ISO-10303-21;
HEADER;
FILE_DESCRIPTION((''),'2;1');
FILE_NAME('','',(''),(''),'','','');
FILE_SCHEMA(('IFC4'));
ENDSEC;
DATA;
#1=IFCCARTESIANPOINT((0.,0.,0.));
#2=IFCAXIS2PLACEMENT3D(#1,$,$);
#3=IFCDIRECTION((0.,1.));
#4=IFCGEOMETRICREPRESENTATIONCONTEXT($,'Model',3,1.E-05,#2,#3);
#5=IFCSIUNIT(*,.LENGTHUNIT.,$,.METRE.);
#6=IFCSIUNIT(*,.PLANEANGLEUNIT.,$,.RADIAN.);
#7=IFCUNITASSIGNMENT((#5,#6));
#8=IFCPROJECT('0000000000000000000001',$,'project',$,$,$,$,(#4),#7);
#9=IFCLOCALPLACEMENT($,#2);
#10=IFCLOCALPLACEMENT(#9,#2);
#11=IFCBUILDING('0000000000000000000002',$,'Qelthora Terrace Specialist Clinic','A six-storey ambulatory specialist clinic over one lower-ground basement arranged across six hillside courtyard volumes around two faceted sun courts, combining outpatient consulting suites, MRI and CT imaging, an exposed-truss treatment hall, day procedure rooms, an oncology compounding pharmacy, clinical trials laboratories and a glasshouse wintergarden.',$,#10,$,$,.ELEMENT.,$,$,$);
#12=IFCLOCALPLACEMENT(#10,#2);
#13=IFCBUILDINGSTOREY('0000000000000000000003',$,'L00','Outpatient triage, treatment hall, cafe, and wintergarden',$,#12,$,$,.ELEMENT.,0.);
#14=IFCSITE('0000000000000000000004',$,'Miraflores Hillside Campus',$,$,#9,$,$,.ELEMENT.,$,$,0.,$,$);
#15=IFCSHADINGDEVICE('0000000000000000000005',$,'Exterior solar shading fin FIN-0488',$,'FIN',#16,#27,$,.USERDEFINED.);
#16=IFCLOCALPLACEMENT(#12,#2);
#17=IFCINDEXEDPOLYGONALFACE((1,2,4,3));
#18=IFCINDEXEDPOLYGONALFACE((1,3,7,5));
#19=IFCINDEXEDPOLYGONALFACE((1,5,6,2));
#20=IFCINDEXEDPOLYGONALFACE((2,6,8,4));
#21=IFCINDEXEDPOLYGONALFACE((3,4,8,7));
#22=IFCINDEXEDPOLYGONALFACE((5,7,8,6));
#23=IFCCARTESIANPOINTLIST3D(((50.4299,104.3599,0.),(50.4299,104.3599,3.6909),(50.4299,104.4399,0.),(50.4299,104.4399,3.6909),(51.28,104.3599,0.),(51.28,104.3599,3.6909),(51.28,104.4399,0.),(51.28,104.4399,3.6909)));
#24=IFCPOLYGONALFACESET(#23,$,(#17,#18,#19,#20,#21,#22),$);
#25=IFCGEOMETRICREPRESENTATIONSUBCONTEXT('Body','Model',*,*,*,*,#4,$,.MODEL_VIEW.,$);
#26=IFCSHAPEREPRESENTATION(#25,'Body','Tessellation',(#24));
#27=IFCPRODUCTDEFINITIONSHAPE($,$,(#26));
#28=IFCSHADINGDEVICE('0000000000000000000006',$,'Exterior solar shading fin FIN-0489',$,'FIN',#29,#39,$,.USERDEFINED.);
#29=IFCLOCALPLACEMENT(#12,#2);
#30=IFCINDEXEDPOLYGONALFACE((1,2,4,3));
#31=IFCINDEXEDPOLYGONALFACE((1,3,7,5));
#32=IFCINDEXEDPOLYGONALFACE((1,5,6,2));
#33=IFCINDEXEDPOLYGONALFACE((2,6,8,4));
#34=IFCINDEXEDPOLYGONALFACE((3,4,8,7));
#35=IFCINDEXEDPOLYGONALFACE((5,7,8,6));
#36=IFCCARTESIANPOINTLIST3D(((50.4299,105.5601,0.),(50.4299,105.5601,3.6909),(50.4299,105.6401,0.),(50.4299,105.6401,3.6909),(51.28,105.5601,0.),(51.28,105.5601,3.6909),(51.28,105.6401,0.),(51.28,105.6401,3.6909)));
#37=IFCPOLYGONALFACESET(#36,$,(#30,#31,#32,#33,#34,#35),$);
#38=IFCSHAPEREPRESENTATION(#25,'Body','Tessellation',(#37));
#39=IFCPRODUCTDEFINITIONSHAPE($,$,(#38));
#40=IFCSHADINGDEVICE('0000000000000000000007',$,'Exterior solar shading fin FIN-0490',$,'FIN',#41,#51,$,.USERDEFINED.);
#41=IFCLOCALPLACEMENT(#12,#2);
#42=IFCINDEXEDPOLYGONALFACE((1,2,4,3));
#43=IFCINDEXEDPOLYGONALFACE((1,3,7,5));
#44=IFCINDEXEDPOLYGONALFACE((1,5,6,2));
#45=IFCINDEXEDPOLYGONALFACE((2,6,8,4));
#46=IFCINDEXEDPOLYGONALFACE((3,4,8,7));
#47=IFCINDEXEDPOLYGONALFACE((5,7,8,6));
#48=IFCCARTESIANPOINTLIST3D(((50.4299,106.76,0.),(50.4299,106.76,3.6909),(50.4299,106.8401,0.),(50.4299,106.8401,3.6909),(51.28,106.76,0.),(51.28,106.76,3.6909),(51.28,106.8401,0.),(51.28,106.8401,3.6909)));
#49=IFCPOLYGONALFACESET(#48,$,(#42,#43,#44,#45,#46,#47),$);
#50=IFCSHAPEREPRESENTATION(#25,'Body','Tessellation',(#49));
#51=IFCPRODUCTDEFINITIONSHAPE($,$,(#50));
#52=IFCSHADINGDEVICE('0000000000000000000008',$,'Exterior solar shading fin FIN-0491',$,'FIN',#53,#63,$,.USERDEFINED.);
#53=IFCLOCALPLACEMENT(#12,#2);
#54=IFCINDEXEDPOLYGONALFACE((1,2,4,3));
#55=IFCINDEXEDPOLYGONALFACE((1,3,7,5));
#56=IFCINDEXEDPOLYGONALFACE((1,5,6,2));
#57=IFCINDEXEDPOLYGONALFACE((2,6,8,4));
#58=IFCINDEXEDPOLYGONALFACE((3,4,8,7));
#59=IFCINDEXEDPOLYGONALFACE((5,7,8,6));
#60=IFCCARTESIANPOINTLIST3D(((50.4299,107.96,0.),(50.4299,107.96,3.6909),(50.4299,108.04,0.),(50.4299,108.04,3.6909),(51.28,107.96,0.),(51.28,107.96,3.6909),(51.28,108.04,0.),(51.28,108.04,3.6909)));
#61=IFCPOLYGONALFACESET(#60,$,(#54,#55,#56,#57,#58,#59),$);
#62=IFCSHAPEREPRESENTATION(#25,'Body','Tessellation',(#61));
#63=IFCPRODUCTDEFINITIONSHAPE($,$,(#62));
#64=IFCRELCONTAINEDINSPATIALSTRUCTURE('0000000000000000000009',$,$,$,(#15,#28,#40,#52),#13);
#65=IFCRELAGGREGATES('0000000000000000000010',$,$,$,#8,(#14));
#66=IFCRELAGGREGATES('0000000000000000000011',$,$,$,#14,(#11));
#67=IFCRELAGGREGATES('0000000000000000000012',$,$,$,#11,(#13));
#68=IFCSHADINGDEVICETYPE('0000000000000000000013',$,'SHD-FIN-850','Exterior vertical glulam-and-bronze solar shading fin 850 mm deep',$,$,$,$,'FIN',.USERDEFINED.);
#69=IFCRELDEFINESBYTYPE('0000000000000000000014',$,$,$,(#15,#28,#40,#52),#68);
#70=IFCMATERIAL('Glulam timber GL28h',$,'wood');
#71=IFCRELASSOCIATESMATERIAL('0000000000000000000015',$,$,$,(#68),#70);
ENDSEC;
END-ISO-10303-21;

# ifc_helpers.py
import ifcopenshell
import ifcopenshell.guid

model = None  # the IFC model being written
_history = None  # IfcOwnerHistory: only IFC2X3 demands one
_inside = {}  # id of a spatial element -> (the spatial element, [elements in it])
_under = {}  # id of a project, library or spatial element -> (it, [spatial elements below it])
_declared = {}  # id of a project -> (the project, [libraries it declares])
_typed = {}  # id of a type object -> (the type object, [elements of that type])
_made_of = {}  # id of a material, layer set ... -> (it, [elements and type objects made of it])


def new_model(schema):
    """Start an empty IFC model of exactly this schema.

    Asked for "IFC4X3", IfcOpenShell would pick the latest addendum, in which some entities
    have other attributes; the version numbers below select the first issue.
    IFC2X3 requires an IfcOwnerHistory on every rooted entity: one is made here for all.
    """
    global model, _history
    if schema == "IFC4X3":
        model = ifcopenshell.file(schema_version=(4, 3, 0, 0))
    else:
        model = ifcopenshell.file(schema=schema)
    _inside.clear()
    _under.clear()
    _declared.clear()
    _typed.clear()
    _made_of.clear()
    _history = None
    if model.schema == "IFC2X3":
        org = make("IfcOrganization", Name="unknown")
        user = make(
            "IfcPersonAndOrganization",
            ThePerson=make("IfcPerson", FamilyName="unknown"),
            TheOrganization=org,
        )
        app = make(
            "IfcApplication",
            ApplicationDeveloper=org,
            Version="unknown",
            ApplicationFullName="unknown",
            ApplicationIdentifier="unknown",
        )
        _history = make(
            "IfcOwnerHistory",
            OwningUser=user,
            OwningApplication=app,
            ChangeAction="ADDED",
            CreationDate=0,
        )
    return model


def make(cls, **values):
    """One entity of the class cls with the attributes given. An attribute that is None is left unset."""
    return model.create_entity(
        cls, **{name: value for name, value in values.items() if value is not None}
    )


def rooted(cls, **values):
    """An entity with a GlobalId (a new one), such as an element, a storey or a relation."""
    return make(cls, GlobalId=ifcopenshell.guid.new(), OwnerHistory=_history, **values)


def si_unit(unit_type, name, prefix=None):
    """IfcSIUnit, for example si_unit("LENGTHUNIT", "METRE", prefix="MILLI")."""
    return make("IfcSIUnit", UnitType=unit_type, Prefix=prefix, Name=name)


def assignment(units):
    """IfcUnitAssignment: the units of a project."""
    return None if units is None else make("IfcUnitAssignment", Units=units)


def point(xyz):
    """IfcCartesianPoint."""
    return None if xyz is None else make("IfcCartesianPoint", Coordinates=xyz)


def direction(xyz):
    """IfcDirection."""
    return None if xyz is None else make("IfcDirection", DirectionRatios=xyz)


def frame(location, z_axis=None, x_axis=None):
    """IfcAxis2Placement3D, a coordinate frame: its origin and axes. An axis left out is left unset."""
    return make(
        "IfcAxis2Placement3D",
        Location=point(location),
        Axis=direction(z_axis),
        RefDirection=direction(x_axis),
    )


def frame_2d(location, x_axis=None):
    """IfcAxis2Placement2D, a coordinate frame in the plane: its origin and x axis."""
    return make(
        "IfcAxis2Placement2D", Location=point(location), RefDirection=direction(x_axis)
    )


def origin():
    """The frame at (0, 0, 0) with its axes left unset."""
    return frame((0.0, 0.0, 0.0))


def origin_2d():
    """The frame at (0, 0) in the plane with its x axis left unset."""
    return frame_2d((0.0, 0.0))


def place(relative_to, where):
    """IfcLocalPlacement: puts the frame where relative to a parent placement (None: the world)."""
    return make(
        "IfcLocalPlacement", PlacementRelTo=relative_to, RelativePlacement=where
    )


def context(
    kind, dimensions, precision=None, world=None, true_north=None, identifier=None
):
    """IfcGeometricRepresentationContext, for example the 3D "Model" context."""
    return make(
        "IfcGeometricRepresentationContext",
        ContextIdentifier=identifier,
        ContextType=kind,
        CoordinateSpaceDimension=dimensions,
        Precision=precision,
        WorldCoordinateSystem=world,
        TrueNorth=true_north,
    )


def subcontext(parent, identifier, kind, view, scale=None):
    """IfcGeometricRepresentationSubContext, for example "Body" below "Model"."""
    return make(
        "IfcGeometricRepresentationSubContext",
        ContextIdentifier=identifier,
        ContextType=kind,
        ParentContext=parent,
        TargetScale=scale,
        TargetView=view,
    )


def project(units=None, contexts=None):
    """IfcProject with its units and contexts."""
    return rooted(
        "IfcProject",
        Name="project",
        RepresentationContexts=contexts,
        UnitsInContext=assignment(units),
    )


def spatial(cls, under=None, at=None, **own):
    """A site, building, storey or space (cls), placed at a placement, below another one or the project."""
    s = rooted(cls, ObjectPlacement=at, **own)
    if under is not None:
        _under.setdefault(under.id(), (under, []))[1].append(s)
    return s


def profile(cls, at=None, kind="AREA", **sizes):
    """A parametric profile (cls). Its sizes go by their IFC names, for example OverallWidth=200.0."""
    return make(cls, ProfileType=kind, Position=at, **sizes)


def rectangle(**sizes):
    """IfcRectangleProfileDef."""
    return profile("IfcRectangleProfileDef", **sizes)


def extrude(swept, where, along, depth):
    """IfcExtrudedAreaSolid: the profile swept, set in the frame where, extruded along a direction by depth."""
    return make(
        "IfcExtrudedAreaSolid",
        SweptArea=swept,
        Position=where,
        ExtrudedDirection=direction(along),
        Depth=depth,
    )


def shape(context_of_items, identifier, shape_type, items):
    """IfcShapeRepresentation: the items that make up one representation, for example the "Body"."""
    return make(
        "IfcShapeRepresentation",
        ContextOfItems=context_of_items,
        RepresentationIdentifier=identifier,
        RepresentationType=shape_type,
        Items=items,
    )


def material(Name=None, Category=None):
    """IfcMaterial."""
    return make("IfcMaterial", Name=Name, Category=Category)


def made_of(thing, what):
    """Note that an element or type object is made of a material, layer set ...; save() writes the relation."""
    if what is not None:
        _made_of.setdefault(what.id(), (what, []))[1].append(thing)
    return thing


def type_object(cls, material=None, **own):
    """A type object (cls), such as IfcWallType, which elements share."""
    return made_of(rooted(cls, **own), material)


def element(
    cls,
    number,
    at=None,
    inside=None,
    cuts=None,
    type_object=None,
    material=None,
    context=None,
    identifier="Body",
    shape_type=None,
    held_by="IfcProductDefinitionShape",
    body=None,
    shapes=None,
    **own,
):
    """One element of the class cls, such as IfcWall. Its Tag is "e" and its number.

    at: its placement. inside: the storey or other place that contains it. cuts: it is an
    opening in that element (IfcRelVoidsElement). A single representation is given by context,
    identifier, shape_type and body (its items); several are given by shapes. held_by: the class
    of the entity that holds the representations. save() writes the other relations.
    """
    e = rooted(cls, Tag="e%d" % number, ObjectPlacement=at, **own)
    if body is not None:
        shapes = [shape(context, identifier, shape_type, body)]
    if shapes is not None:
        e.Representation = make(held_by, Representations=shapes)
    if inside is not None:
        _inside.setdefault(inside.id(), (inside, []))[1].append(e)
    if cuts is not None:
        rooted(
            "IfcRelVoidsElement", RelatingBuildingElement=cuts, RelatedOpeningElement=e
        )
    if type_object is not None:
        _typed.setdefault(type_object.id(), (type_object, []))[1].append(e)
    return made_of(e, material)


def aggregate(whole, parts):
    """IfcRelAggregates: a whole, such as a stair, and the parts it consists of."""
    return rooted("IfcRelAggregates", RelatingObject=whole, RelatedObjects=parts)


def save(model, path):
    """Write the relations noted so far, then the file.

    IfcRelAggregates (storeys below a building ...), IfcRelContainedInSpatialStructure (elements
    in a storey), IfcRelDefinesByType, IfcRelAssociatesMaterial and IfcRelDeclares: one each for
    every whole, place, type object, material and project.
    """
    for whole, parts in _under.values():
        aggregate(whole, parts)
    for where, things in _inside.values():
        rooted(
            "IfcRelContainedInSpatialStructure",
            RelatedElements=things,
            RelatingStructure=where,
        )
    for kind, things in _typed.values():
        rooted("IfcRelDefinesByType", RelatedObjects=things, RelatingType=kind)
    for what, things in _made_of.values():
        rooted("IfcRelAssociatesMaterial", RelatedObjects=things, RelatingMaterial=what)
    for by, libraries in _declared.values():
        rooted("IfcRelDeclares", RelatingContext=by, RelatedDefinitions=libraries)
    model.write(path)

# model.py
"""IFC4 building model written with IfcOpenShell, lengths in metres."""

from ifc_helpers import new_model, si_unit, direction, frame, origin, origin_2d, place, context, subcontext, project, spatial, rectangle, extrude, material, type_object, element, save


model = new_model("IFC4")

# Units and contexts
model_context = context("Model", 3, precision=1e-05, world=origin(), true_north=direction((0.0, 1.0)))
body_context = subcontext(model_context, "Body", "Model", "MODEL_VIEW")
ifc_project = project(units=[si_unit("LENGTHUNIT", "METRE"), si_unit("PLANEANGLEUNIT", "RADIAN")], contexts=[model_context])

# Site, building, storey
site_placement = place(None, origin())
site = spatial("IfcSite", under=ifc_project, at=site_placement, Name="Miraflores Hillside Campus", CompositionType="ELEMENT", RefElevation=0.0)
building_placement = place(site_placement, origin())
building = spatial("IfcBuilding", under=site, at=building_placement, Name="Qelthora Terrace Specialist Clinic", Description="A six-storey ambulatory specialist clinic over one lower-ground basement arranged across six hillside courtyard volumes around two faceted sun courts, combining outpatient consulting suites, MRI and CT imaging, an exposed-truss treatment hall, day procedure rooms, an oncology compounding pharmacy, clinical trials laboratories and a glasshouse wintergarden.", CompositionType="ELEMENT")
storey_placement = place(building_placement, origin())
storey = spatial("IfcBuildingStorey", under=building, at=storey_placement, Name="L00", Description="Outpatient triage, treatment hall, cafe, and wintergarden", CompositionType="ELEMENT", Elevation=0.0)

# Shading devices
ifc_material_1 = material(Name="Glulam timber GL28h", Category="wood")
shading_device_type = type_object("IfcShadingDeviceType", Name="SHD-FIN-850", Description="Exterior vertical glulam-and-bronze solar shading fin 850 mm deep", ElementType="FIN", PredefinedType="USERDEFINED", material=ifc_material_1)
for number, where, z_axis, x_axis, name in (
    (1, (50.855, 104.3999, 0.0), (0.0, 0.0, 1.0), (1.0, 0.0, 0.0), "Exterior solar shading fin FIN-0488"),
    (2, (50.855, 105.6001, 0.0), (0.0, 0.0, 1.0), (1.0, 0.0, 0.0), "Exterior solar shading fin FIN-0489"),
    (3, (50.855, 106.8, 0.0), (0.0, 0.0, 1.0), (1.0, 0.0, 0.0), "Exterior solar shading fin FIN-0490"),
    (4, (50.855, 108.0, 0.0), (0.0, 0.0, 1.0), (1.0, 0.0, 0.0), "Exterior solar shading fin FIN-0491"),
):
    element("IfcShadingDevice", number, at=place(storey_placement, frame(where, z_axis=z_axis, x_axis=x_axis)), inside=storey, type_object=shading_device_type, Name=name, ObjectType="FIN", PredefinedType="USERDEFINED", context=body_context, shape_type="SweptSolid", body=[
        extrude(rectangle(XDim=0.8501, YDim=0.0801, at=origin_2d()), origin(), (0.0, 0.0, 1.0), 3.6909),
    ])

save(model, "model.ifc")
